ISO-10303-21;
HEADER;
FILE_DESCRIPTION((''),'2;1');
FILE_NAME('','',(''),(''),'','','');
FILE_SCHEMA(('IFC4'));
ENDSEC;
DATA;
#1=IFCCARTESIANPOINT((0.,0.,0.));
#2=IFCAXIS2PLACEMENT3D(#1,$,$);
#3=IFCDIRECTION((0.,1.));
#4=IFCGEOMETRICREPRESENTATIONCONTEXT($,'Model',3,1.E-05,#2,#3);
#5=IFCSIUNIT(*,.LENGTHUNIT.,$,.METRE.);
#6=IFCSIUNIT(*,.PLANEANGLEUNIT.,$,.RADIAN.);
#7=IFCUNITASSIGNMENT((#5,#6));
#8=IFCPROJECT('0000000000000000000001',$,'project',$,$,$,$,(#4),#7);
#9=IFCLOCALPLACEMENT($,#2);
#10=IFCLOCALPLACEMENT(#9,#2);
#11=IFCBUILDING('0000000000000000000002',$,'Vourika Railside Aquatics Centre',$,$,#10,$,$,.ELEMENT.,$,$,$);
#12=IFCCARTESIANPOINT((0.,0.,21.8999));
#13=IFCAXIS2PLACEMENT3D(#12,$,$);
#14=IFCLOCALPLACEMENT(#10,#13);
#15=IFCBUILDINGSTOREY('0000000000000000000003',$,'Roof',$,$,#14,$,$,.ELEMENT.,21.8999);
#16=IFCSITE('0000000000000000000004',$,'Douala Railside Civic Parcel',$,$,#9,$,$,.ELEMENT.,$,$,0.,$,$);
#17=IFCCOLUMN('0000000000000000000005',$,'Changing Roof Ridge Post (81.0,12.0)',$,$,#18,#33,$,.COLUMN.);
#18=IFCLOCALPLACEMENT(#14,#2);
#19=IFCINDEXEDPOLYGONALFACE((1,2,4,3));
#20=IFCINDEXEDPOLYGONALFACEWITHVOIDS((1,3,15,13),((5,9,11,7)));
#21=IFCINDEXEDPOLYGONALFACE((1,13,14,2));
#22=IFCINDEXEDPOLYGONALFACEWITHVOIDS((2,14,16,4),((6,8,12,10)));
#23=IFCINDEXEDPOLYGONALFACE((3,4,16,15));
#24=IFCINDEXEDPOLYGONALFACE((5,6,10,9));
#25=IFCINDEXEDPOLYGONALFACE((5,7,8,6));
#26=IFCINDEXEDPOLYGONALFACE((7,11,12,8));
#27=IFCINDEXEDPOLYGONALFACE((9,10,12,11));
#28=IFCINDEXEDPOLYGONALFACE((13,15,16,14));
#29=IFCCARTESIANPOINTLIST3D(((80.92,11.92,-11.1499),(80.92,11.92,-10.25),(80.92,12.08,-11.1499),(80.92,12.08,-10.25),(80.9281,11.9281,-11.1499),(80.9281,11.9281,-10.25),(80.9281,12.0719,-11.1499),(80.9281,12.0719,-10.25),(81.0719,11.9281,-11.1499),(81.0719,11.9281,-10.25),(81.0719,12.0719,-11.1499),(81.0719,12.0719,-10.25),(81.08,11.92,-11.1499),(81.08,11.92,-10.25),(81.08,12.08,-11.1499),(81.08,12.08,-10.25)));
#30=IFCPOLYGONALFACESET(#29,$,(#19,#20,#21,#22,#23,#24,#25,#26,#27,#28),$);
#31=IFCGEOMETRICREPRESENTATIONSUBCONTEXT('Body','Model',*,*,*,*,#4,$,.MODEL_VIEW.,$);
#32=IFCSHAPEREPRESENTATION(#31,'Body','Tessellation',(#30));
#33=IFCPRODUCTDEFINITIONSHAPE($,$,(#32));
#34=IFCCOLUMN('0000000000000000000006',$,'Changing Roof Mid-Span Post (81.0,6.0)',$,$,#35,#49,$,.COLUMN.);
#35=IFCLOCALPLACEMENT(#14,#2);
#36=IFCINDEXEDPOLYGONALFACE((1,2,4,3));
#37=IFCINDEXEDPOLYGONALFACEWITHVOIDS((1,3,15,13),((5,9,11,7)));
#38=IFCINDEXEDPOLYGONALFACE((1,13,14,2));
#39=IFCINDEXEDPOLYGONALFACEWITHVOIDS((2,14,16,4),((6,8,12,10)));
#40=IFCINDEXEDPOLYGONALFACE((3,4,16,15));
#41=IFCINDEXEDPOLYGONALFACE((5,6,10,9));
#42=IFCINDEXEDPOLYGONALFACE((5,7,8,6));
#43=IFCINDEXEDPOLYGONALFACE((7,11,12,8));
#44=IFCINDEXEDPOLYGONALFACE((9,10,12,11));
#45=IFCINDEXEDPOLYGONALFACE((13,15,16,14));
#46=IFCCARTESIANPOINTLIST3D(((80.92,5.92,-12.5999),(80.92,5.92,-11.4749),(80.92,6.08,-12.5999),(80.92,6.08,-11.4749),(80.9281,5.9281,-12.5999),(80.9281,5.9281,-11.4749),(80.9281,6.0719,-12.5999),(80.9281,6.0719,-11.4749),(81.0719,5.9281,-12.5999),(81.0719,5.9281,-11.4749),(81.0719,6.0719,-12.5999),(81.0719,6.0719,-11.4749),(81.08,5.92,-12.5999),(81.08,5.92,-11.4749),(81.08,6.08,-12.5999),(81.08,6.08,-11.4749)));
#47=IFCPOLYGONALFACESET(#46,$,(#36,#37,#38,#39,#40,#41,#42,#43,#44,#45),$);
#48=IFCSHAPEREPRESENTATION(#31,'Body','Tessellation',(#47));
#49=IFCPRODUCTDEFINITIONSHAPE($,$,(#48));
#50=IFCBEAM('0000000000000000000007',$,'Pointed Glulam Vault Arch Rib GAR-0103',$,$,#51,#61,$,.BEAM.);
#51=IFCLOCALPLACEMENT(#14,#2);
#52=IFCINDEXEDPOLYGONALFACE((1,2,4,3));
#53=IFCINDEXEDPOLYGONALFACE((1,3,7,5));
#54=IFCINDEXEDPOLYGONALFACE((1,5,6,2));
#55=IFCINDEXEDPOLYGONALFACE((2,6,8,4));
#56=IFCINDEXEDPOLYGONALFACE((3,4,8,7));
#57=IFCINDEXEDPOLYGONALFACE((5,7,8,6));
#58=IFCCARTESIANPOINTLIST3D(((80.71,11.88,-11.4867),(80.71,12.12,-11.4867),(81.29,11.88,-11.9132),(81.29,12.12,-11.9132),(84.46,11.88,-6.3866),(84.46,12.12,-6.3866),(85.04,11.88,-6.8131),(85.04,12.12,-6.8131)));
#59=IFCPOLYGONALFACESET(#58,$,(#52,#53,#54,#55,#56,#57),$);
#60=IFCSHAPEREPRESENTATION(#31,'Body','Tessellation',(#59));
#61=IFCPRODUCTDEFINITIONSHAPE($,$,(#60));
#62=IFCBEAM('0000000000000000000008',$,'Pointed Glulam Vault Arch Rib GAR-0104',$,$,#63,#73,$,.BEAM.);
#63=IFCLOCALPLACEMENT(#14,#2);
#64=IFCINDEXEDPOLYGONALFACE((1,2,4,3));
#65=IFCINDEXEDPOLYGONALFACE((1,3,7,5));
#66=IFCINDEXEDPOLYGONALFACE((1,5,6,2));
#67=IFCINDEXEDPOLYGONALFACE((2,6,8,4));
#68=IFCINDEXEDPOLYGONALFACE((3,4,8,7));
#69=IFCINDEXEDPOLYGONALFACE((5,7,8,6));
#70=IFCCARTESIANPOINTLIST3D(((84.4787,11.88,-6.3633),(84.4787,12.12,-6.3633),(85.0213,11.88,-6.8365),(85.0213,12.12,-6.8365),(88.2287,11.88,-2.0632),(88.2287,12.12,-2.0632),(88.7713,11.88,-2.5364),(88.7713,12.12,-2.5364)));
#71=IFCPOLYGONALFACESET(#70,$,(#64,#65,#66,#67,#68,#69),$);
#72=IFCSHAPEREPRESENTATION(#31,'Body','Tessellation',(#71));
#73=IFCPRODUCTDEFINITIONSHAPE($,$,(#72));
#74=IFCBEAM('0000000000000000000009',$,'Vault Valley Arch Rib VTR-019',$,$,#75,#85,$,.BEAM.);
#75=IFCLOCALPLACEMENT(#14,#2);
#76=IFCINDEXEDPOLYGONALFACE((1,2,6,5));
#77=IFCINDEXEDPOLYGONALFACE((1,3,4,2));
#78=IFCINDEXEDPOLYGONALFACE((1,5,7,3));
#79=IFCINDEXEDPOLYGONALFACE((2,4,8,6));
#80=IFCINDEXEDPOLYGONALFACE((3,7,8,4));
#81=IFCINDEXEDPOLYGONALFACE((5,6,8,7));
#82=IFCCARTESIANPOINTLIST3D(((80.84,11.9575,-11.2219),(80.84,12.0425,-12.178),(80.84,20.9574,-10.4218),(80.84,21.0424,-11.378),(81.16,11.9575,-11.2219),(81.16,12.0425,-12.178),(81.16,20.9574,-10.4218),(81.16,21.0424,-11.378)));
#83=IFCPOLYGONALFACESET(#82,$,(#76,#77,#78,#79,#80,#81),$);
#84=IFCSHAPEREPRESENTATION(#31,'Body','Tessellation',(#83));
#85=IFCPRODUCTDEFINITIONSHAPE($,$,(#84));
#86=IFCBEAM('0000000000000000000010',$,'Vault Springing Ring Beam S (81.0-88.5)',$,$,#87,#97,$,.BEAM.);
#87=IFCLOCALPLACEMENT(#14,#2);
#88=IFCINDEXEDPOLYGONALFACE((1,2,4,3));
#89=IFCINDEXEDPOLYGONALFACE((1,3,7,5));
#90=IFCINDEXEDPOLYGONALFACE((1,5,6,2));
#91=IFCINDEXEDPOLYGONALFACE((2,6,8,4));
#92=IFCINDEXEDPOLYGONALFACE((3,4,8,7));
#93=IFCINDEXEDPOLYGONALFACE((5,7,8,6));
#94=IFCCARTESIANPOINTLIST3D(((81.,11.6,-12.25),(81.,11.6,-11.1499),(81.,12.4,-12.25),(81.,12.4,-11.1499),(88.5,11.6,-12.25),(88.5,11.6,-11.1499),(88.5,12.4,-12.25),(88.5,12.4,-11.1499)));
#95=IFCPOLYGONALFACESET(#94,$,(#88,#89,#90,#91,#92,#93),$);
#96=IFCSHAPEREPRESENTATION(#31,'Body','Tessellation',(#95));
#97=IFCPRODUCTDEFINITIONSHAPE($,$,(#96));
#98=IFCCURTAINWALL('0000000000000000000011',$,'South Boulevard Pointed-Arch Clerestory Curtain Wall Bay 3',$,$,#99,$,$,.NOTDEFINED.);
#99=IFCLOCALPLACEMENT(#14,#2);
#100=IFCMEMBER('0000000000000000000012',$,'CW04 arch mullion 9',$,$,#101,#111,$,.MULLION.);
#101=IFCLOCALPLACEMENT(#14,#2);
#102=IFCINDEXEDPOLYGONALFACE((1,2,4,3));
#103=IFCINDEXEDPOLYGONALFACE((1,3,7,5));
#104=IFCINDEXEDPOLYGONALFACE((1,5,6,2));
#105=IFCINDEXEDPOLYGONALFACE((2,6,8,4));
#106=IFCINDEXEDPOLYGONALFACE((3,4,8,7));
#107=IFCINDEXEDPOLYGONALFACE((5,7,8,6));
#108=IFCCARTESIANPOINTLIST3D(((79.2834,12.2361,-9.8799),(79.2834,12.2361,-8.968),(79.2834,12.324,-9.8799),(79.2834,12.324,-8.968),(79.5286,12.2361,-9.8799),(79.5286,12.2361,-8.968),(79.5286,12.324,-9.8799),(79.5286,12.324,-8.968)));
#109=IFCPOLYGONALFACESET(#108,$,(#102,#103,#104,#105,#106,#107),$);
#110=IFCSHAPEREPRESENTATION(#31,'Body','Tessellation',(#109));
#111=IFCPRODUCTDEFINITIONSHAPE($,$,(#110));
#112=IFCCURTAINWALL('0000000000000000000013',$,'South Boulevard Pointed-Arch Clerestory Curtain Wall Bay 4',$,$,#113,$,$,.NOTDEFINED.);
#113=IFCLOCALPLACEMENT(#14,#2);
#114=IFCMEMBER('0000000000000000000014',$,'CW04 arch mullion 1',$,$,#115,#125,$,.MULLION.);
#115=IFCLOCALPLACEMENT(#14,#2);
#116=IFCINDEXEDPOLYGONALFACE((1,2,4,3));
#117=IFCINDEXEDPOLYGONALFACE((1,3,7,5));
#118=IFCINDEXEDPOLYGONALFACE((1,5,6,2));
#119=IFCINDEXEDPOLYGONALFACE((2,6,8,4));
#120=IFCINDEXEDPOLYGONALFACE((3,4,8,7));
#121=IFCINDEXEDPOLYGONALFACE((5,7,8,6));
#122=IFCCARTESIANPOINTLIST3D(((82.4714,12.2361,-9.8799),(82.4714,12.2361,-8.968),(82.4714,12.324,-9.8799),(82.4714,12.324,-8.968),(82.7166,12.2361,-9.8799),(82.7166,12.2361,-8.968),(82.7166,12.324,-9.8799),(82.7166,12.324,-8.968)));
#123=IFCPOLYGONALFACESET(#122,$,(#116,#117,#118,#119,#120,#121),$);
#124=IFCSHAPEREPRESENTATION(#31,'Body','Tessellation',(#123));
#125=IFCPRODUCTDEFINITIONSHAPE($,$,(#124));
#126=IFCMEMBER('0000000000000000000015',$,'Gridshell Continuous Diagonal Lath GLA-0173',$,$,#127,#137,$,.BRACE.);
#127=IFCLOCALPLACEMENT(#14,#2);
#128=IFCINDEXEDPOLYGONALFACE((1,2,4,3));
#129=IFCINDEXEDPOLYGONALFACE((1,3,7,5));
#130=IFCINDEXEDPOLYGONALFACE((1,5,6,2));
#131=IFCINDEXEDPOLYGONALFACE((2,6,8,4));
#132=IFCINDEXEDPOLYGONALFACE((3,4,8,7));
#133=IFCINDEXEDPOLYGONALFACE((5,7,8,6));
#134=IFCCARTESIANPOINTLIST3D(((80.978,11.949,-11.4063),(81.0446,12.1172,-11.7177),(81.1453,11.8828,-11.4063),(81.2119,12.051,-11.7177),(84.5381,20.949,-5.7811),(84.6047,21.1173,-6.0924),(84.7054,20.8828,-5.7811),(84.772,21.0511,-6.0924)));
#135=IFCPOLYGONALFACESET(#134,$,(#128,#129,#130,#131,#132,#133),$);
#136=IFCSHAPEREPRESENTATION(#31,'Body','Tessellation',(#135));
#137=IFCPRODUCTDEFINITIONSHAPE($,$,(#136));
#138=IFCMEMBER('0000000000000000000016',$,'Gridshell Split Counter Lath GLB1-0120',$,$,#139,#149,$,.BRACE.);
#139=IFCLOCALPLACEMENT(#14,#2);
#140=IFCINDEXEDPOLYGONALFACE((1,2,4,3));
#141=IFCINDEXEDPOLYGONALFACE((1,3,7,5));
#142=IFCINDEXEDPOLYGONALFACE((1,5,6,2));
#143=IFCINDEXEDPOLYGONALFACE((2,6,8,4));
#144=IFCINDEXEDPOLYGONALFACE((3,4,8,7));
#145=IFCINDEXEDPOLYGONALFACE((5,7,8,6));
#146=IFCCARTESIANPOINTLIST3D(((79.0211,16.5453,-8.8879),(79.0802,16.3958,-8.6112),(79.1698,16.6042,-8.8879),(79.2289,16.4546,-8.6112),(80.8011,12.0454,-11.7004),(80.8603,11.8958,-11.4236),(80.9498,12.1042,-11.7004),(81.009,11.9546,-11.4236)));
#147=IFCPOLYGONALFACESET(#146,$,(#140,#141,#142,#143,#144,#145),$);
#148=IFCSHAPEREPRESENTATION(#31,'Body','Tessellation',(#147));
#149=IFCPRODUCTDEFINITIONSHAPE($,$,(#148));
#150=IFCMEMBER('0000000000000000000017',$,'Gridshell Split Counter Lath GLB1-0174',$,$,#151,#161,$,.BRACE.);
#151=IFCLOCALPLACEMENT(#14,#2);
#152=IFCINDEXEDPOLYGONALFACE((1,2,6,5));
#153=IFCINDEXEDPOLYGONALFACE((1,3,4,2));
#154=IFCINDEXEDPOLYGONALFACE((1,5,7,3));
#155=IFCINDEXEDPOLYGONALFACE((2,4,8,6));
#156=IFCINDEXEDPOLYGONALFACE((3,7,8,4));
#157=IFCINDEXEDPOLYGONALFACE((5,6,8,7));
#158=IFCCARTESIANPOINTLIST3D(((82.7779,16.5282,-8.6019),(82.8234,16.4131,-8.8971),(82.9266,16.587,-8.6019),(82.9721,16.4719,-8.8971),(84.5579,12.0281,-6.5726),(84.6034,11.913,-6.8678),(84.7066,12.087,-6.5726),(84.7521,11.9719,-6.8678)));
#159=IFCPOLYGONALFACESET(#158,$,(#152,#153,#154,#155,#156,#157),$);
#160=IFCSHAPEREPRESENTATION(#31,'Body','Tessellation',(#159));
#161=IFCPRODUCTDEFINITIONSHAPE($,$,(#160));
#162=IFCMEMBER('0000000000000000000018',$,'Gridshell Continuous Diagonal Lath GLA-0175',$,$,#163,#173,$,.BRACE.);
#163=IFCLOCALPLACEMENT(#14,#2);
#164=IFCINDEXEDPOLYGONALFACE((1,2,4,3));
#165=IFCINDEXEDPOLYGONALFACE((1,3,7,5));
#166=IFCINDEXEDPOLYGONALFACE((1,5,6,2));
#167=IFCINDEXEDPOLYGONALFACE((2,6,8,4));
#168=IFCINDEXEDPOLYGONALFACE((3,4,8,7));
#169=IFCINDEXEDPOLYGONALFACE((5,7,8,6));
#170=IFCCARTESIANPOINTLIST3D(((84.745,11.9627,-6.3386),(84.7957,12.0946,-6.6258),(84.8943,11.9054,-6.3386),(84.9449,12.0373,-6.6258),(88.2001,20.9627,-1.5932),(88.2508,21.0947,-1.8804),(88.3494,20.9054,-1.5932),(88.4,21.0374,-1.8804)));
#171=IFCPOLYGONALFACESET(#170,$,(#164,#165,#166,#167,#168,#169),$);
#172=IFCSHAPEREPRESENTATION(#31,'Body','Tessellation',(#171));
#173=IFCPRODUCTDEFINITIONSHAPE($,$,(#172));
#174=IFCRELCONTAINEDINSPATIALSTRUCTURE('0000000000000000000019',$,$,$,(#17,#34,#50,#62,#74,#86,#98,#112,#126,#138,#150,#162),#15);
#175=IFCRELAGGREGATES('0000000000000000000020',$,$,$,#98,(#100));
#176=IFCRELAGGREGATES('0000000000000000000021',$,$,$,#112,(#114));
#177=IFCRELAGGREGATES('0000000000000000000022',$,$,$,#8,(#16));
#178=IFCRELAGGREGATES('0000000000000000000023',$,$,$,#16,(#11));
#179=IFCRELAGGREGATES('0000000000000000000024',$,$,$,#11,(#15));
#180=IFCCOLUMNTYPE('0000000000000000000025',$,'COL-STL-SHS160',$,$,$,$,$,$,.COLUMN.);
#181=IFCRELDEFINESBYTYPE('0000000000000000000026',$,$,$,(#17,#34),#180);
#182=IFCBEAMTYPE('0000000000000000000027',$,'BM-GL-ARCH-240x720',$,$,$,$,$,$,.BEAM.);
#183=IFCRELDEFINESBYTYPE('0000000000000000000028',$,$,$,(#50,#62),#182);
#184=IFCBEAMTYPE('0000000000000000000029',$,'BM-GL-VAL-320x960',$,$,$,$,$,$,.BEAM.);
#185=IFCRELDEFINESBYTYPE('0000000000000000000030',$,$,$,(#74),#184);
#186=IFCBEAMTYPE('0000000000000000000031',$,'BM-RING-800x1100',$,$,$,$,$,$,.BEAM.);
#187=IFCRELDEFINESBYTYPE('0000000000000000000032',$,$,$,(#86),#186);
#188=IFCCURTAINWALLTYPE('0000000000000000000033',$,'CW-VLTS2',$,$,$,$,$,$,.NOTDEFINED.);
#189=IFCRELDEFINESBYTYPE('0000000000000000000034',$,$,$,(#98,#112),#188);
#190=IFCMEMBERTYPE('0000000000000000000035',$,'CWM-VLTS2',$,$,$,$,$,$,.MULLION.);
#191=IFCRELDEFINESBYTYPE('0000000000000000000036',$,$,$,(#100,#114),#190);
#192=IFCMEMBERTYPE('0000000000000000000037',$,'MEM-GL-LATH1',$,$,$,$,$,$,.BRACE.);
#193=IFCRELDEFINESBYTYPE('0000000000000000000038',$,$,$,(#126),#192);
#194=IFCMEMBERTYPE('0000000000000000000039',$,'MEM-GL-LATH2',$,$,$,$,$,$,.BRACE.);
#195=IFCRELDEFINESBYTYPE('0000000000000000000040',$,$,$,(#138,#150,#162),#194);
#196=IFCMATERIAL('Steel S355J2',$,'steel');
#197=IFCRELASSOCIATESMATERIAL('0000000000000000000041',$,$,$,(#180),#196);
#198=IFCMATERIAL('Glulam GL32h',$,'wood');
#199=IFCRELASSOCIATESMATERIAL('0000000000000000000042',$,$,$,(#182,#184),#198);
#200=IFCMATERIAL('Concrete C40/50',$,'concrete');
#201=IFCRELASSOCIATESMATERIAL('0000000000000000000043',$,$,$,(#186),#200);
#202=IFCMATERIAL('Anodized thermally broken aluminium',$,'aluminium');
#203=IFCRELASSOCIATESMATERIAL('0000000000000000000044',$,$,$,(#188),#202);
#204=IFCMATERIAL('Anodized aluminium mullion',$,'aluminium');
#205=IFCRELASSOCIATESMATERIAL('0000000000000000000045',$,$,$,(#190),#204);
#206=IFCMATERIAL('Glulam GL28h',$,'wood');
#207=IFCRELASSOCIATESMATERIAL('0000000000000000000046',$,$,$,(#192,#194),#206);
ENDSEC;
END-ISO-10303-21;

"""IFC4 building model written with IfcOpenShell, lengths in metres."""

from ifc_helpers import new_model, si_unit, direction, frame, origin, origin_2d, place, context, subcontext, project, spatial, rectangle, hollow_rectangle, extrude, material, material_profile, profile_set, type_object, element, aggregate, save


model = new_model("IFC4")

# Units and contexts
model_context = context("Model", 3, precision=1e-05, world=origin(), true_north=direction((0.0, 1.0)))
body_context = subcontext(model_context, "Body", "Model", "MODEL_VIEW")
ifc_project = project(units=[si_unit("LENGTHUNIT", "METRE"), si_unit("PLANEANGLEUNIT", "RADIAN")], contexts=[model_context])

# Site, building, storey
site_placement = place(None, origin())
site = spatial("IfcSite", under=ifc_project, at=site_placement, Name="Douala Railside Civic Parcel", CompositionType="ELEMENT", RefElevation=0.0)
building_placement = place(site_placement, origin())
building = spatial("IfcBuilding", under=site, at=building_placement, Name="Vourika Railside Aquatics Centre", CompositionType="ELEMENT")
storey_placement = place(building_placement, frame((0.0, 0.0, 21.8999)))
storey = spatial("IfcBuildingStorey", under=building, at=storey_placement, Name="Roof", CompositionType="ELEMENT", Elevation=21.8999)

# Columns
ifc_material_1 = material(Name="Steel S355J2", Category="steel")
ifc_material_profile_1 = material_profile(ifc_material_1, hollow_rectangle(XDim=0.1599, YDim=0.1599, WallThickness=0.0081, at=origin_2d()), Name="SHS 160x160x8")
ifc_profile_set_1 = profile_set([ifc_material_profile_1], Name="Steel S355J2")
column_type = type_object("IfcColumnType", Name="COL-STL-SHS160", PredefinedType="COLUMN", material=ifc_profile_set_1)
column_1_placement = place(storey_placement, frame((81.0, 12.0, -11.1499), z_axis=(0.0, 0.0, 1.0), x_axis=(1.0, 0.0, 0.0)))
element("IfcColumn", 1, at=column_1_placement, inside=storey, type_object=column_type, Name="Changing Roof Ridge Post (81.0,12.0)", PredefinedType="COLUMN", context=body_context, shape_type="SweptSolid", body=[
    extrude(hollow_rectangle(XDim=0.1599, YDim=0.1599, WallThickness=0.0081, at=origin_2d()), origin(), (0.0, 0.0, 1.0), 0.8999),
])
column_2_placement = place(storey_placement, frame((81.0, 6.0, -12.5999), z_axis=(0.0, 0.0, 1.0), x_axis=(1.0, 0.0, 0.0)))
element("IfcColumn", 2, at=column_2_placement, inside=storey, type_object=column_type, Name="Changing Roof Mid-Span Post (81.0,6.0)", PredefinedType="COLUMN", context=body_context, shape_type="SweptSolid", body=[
    extrude(hollow_rectangle(XDim=0.1599, YDim=0.1599, WallThickness=0.0081, at=origin_2d()), origin(), (0.0, 0.0, 1.0), 1.125),
])

# Beams
ifc_material_2 = material(Name="Glulam GL32h", Category="wood")
ifc_material_profile_2 = material_profile(ifc_material_2, rectangle(XDim=0.24, YDim=0.72, at=origin_2d()), Name="GL32h 240x720")
ifc_profile_set_2 = profile_set([ifc_material_profile_2], Name="Glulam GL32h")
beam_type_1 = type_object("IfcBeamType", Name="BM-GL-ARCH-240x720", PredefinedType="BEAM", material=ifc_profile_set_2)
beam_1_placement = place(storey_placement, frame((81.0, 12.0, -11.7), z_axis=(0.592383, 0.0, 0.805656), x_axis=(0.0, 1.0, 0.0)))
element("IfcBeam", 3, at=beam_1_placement, inside=storey, type_object=beam_type_1, Name="Pointed Glulam Vault Arch Rib GAR-0103", PredefinedType="BEAM", context=body_context, shape_type="SweptSolid", body=[
    extrude(rectangle(XDim=0.24, YDim=0.72, at=origin_2d()), origin(), (0.0, 0.0, 1.0), 6.3303),
])
beam_2_placement = place(storey_placement, frame((84.75, 12.0, -6.5999), z_axis=(0.657259, 0.0, 0.753665), x_axis=(0.0, 1.0, 0.0)))
element("IfcBeam", 4, at=beam_2_placement, inside=storey, type_object=beam_type_1, Name="Pointed Glulam Vault Arch Rib GAR-0104", PredefinedType="BEAM", context=body_context, shape_type="SweptSolid", body=[
    extrude(rectangle(XDim=0.24, YDim=0.72, at=origin_2d()), origin(), (0.0, 0.0, 1.0), 5.7056),
])
ifc_material_profile_3 = material_profile(ifc_material_2, rectangle(XDim=0.3201, YDim=0.96, at=origin_2d()), Name="GL32h 320x960")
ifc_profile_set_3 = profile_set([ifc_material_profile_3], Name="Glulam GL32h")
beam_type_2 = type_object("IfcBeamType", Name="BM-GL-VAL-320x960", PredefinedType="BEAM", material=ifc_profile_set_3)
beam_3_placement = place(storey_placement, frame((81.0, 12.0, -11.7), z_axis=(0.0, 0.996072, 0.088545), x_axis=(-1.0, 0.0, 0.0)))
element("IfcBeam", 5, at=beam_3_placement, inside=storey, type_object=beam_type_2, Name="Vault Valley Arch Rib VTR-019", PredefinedType="BEAM", context=body_context, shape_type="SweptSolid", body=[
    extrude(rectangle(XDim=0.3201, YDim=0.96, at=origin_2d()), origin(), (0.0, 0.0, 1.0), 9.0354),
])
ifc_material_3 = material(Name="Concrete C40/50", Category="concrete")
ifc_material_profile_4 = material_profile(ifc_material_3, rectangle(XDim=0.8, YDim=1.1001, at=origin_2d()), Name="RC 800x1100")
ifc_profile_set_4 = profile_set([ifc_material_profile_4], Name="Concrete C40/50")
beam_type_3 = type_object("IfcBeamType", Name="BM-RING-800x1100", PredefinedType="BEAM", material=ifc_profile_set_4)
beam_4_placement = place(storey_placement, frame((81.0, 12.0, -11.7), z_axis=(1.0, 0.0, 0.0), x_axis=(0.0, 1.0, 0.0)))
element("IfcBeam", 6, at=beam_4_placement, inside=storey, type_object=beam_type_3, Name="Vault Springing Ring Beam S (81.0-88.5)", PredefinedType="BEAM", context=body_context, shape_type="SweptSolid", body=[
    extrude(rectangle(XDim=0.8, YDim=1.1001, at=origin_2d()), origin(), (0.0, 0.0, 1.0), 7.5),
])

# Curtain walls, members
ifc_material_4 = material(Name="Anodized thermally broken aluminium", Category="aluminium")
curtain_wall_type = type_object("IfcCurtainWallType", Name="CW-VLTS2", PredefinedType="NOTDEFINED", material=ifc_material_4)
curtain_wall_1_placement = place(storey_placement, origin())
curtain_wall_1 = element("IfcCurtainWall", 7, at=curtain_wall_1_placement, inside=storey, type_object=curtain_wall_type, Name="South Boulevard Pointed-Arch Clerestory Curtain Wall Bay 3", PredefinedType="NOTDEFINED")
ifc_material_5 = material(Name="Anodized aluminium mullion", Category="aluminium")
ifc_material_profile_5 = material_profile(ifc_material_5, rectangle(XDim=0.0879, YDim=0.2451, at=origin_2d()), Name="ALU-M 88x245")
ifc_profile_set_5 = profile_set([ifc_material_profile_5], Name="Anodized aluminium mullion")
member_type_1 = type_object("IfcMemberType", Name="CWM-VLTS2", PredefinedType="MULLION", material=ifc_profile_set_5)
member_1_placement = place(storey_placement, frame((79.406, 12.28, -9.8799), z_axis=(0.0, 0.0, 1.0), x_axis=(0.0, 1.0, 0.0)))
member_1 = element("IfcMember", 8, at=member_1_placement, type_object=member_type_1, Name="CW04 arch mullion 9", PredefinedType="MULLION", context=body_context, shape_type="SweptSolid", body=[
    extrude(rectangle(XDim=0.0879, YDim=0.2451, at=origin_2d()), origin(), (0.0, 0.0, 1.0), 0.9119),
])
aggregate(curtain_wall_1, [member_1])
curtain_wall_2_placement = place(storey_placement, origin())
curtain_wall_2 = element("IfcCurtainWall", 9, at=curtain_wall_2_placement, inside=storey, type_object=curtain_wall_type, Name="South Boulevard Pointed-Arch Clerestory Curtain Wall Bay 4", PredefinedType="NOTDEFINED")
member_2_placement = place(storey_placement, frame((82.594, 12.28, -9.8799), z_axis=(0.0, 0.0, 1.0), x_axis=(0.0, 1.0, 0.0)))
member_2 = element("IfcMember", 10, at=member_2_placement, type_object=member_type_1, Name="CW04 arch mullion 1", PredefinedType="MULLION", context=body_context, shape_type="SweptSolid", body=[
    extrude(rectangle(XDim=0.0879, YDim=0.2451, at=origin_2d()), origin(), (0.0, 0.0, 1.0), 0.9119),
])
aggregate(curtain_wall_2, [member_2])

# Members
ifc_material_6 = material(Name="Glulam GL28h", Category="wood")
ifc_material_profile_6 = material_profile(ifc_material_6, rectangle(XDim=0.1799, YDim=0.3601, at=origin_2d()), Name="GL28h 180x360")
ifc_profile_set_6 = profile_set([ifc_material_profile_6], Name="Glulam GL28h")
member_type_2 = type_object("IfcMemberType", Name="MEM-GL-LATH1", PredefinedType="BRACE", material=ifc_profile_set_6)
member_3_placement = place(storey_placement, frame((81.095, 12.0, -11.562), z_axis=(0.318018, 0.803964, 0.5025), x_axis=(-0.929893, 0.36783, 0.0)))
element("IfcMember", 11, at=member_3_placement, inside=storey, type_object=member_type_2, Name="Gridshell Continuous Diagonal Lath GLA-0173", PredefinedType="BRACE", context=body_context, shape_type="SweptSolid", body=[
    extrude(rectangle(XDim=0.1799, YDim=0.3601, at=origin_2d()), origin(), (0.0, 0.0, 1.0), 11.1946),
])
ifc_material_profile_7 = material_profile(ifc_material_6, rectangle(XDim=0.1599, YDim=0.3201, at=origin_2d()), Name="GL28h 160x320")
ifc_profile_set_7 = profile_set([ifc_material_profile_7], Name="Glulam GL28h")
member_type_3 = type_object("IfcMemberType", Name="MEM-GL-LATH2", PredefinedType="BRACE", material=ifc_profile_set_7)
member_4_placement = place(storey_placement, frame((80.905, 12.0, -11.562), z_axis=(-0.318021, 0.803973, 0.502483), x_axis=(-0.929893, -0.36783, 0.0)))
element("IfcMember", 12, at=member_4_placement, inside=storey, type_object=member_type_3, Name="Gridshell Split Counter Lath GLB1-0120", PredefinedType="BRACE", context=body_context, shape_type="SweptSolid", body=[
    extrude(rectangle(XDim=0.1599, YDim=0.3201, at=origin_2d()), origin(), (0.0, 0.0, 1.0), 5.5972),
])
member_5_placement = place(storey_placement, frame((84.655, 12.0, -6.7202), z_axis=(-0.339213, 0.857547, -0.386715), x_axis=(-0.929893, -0.36783, 0.0)))
element("IfcMember", 13, at=member_5_placement, inside=storey, type_object=member_type_3, Name="Gridshell Split Counter Lath GLB1-0174", PredefinedType="BRACE", context=body_context, shape_type="SweptSolid", body=[
    extrude(rectangle(XDim=0.1599, YDim=0.3201, at=origin_2d()), origin(), (0.0, 0.0, 1.0), 5.2476),
])
member_6_placement = place(storey_placement, frame((84.845, 12.0, -6.4822), z_axis=(0.321551, 0.837595, 0.441632), x_axis=(-0.93357, 0.358395, 0.0)))
element("IfcMember", 14, at=member_6_placement, inside=storey, type_object=member_type_3, Name="Gridshell Continuous Diagonal Lath GLA-0175", PredefinedType="BRACE", context=body_context, shape_type="SweptSolid", body=[
    extrude(rectangle(XDim=0.1599, YDim=0.3201, at=origin_2d()), origin(), (0.0, 0.0, 1.0), 10.7451),
])

save(model, "model.ifc")
